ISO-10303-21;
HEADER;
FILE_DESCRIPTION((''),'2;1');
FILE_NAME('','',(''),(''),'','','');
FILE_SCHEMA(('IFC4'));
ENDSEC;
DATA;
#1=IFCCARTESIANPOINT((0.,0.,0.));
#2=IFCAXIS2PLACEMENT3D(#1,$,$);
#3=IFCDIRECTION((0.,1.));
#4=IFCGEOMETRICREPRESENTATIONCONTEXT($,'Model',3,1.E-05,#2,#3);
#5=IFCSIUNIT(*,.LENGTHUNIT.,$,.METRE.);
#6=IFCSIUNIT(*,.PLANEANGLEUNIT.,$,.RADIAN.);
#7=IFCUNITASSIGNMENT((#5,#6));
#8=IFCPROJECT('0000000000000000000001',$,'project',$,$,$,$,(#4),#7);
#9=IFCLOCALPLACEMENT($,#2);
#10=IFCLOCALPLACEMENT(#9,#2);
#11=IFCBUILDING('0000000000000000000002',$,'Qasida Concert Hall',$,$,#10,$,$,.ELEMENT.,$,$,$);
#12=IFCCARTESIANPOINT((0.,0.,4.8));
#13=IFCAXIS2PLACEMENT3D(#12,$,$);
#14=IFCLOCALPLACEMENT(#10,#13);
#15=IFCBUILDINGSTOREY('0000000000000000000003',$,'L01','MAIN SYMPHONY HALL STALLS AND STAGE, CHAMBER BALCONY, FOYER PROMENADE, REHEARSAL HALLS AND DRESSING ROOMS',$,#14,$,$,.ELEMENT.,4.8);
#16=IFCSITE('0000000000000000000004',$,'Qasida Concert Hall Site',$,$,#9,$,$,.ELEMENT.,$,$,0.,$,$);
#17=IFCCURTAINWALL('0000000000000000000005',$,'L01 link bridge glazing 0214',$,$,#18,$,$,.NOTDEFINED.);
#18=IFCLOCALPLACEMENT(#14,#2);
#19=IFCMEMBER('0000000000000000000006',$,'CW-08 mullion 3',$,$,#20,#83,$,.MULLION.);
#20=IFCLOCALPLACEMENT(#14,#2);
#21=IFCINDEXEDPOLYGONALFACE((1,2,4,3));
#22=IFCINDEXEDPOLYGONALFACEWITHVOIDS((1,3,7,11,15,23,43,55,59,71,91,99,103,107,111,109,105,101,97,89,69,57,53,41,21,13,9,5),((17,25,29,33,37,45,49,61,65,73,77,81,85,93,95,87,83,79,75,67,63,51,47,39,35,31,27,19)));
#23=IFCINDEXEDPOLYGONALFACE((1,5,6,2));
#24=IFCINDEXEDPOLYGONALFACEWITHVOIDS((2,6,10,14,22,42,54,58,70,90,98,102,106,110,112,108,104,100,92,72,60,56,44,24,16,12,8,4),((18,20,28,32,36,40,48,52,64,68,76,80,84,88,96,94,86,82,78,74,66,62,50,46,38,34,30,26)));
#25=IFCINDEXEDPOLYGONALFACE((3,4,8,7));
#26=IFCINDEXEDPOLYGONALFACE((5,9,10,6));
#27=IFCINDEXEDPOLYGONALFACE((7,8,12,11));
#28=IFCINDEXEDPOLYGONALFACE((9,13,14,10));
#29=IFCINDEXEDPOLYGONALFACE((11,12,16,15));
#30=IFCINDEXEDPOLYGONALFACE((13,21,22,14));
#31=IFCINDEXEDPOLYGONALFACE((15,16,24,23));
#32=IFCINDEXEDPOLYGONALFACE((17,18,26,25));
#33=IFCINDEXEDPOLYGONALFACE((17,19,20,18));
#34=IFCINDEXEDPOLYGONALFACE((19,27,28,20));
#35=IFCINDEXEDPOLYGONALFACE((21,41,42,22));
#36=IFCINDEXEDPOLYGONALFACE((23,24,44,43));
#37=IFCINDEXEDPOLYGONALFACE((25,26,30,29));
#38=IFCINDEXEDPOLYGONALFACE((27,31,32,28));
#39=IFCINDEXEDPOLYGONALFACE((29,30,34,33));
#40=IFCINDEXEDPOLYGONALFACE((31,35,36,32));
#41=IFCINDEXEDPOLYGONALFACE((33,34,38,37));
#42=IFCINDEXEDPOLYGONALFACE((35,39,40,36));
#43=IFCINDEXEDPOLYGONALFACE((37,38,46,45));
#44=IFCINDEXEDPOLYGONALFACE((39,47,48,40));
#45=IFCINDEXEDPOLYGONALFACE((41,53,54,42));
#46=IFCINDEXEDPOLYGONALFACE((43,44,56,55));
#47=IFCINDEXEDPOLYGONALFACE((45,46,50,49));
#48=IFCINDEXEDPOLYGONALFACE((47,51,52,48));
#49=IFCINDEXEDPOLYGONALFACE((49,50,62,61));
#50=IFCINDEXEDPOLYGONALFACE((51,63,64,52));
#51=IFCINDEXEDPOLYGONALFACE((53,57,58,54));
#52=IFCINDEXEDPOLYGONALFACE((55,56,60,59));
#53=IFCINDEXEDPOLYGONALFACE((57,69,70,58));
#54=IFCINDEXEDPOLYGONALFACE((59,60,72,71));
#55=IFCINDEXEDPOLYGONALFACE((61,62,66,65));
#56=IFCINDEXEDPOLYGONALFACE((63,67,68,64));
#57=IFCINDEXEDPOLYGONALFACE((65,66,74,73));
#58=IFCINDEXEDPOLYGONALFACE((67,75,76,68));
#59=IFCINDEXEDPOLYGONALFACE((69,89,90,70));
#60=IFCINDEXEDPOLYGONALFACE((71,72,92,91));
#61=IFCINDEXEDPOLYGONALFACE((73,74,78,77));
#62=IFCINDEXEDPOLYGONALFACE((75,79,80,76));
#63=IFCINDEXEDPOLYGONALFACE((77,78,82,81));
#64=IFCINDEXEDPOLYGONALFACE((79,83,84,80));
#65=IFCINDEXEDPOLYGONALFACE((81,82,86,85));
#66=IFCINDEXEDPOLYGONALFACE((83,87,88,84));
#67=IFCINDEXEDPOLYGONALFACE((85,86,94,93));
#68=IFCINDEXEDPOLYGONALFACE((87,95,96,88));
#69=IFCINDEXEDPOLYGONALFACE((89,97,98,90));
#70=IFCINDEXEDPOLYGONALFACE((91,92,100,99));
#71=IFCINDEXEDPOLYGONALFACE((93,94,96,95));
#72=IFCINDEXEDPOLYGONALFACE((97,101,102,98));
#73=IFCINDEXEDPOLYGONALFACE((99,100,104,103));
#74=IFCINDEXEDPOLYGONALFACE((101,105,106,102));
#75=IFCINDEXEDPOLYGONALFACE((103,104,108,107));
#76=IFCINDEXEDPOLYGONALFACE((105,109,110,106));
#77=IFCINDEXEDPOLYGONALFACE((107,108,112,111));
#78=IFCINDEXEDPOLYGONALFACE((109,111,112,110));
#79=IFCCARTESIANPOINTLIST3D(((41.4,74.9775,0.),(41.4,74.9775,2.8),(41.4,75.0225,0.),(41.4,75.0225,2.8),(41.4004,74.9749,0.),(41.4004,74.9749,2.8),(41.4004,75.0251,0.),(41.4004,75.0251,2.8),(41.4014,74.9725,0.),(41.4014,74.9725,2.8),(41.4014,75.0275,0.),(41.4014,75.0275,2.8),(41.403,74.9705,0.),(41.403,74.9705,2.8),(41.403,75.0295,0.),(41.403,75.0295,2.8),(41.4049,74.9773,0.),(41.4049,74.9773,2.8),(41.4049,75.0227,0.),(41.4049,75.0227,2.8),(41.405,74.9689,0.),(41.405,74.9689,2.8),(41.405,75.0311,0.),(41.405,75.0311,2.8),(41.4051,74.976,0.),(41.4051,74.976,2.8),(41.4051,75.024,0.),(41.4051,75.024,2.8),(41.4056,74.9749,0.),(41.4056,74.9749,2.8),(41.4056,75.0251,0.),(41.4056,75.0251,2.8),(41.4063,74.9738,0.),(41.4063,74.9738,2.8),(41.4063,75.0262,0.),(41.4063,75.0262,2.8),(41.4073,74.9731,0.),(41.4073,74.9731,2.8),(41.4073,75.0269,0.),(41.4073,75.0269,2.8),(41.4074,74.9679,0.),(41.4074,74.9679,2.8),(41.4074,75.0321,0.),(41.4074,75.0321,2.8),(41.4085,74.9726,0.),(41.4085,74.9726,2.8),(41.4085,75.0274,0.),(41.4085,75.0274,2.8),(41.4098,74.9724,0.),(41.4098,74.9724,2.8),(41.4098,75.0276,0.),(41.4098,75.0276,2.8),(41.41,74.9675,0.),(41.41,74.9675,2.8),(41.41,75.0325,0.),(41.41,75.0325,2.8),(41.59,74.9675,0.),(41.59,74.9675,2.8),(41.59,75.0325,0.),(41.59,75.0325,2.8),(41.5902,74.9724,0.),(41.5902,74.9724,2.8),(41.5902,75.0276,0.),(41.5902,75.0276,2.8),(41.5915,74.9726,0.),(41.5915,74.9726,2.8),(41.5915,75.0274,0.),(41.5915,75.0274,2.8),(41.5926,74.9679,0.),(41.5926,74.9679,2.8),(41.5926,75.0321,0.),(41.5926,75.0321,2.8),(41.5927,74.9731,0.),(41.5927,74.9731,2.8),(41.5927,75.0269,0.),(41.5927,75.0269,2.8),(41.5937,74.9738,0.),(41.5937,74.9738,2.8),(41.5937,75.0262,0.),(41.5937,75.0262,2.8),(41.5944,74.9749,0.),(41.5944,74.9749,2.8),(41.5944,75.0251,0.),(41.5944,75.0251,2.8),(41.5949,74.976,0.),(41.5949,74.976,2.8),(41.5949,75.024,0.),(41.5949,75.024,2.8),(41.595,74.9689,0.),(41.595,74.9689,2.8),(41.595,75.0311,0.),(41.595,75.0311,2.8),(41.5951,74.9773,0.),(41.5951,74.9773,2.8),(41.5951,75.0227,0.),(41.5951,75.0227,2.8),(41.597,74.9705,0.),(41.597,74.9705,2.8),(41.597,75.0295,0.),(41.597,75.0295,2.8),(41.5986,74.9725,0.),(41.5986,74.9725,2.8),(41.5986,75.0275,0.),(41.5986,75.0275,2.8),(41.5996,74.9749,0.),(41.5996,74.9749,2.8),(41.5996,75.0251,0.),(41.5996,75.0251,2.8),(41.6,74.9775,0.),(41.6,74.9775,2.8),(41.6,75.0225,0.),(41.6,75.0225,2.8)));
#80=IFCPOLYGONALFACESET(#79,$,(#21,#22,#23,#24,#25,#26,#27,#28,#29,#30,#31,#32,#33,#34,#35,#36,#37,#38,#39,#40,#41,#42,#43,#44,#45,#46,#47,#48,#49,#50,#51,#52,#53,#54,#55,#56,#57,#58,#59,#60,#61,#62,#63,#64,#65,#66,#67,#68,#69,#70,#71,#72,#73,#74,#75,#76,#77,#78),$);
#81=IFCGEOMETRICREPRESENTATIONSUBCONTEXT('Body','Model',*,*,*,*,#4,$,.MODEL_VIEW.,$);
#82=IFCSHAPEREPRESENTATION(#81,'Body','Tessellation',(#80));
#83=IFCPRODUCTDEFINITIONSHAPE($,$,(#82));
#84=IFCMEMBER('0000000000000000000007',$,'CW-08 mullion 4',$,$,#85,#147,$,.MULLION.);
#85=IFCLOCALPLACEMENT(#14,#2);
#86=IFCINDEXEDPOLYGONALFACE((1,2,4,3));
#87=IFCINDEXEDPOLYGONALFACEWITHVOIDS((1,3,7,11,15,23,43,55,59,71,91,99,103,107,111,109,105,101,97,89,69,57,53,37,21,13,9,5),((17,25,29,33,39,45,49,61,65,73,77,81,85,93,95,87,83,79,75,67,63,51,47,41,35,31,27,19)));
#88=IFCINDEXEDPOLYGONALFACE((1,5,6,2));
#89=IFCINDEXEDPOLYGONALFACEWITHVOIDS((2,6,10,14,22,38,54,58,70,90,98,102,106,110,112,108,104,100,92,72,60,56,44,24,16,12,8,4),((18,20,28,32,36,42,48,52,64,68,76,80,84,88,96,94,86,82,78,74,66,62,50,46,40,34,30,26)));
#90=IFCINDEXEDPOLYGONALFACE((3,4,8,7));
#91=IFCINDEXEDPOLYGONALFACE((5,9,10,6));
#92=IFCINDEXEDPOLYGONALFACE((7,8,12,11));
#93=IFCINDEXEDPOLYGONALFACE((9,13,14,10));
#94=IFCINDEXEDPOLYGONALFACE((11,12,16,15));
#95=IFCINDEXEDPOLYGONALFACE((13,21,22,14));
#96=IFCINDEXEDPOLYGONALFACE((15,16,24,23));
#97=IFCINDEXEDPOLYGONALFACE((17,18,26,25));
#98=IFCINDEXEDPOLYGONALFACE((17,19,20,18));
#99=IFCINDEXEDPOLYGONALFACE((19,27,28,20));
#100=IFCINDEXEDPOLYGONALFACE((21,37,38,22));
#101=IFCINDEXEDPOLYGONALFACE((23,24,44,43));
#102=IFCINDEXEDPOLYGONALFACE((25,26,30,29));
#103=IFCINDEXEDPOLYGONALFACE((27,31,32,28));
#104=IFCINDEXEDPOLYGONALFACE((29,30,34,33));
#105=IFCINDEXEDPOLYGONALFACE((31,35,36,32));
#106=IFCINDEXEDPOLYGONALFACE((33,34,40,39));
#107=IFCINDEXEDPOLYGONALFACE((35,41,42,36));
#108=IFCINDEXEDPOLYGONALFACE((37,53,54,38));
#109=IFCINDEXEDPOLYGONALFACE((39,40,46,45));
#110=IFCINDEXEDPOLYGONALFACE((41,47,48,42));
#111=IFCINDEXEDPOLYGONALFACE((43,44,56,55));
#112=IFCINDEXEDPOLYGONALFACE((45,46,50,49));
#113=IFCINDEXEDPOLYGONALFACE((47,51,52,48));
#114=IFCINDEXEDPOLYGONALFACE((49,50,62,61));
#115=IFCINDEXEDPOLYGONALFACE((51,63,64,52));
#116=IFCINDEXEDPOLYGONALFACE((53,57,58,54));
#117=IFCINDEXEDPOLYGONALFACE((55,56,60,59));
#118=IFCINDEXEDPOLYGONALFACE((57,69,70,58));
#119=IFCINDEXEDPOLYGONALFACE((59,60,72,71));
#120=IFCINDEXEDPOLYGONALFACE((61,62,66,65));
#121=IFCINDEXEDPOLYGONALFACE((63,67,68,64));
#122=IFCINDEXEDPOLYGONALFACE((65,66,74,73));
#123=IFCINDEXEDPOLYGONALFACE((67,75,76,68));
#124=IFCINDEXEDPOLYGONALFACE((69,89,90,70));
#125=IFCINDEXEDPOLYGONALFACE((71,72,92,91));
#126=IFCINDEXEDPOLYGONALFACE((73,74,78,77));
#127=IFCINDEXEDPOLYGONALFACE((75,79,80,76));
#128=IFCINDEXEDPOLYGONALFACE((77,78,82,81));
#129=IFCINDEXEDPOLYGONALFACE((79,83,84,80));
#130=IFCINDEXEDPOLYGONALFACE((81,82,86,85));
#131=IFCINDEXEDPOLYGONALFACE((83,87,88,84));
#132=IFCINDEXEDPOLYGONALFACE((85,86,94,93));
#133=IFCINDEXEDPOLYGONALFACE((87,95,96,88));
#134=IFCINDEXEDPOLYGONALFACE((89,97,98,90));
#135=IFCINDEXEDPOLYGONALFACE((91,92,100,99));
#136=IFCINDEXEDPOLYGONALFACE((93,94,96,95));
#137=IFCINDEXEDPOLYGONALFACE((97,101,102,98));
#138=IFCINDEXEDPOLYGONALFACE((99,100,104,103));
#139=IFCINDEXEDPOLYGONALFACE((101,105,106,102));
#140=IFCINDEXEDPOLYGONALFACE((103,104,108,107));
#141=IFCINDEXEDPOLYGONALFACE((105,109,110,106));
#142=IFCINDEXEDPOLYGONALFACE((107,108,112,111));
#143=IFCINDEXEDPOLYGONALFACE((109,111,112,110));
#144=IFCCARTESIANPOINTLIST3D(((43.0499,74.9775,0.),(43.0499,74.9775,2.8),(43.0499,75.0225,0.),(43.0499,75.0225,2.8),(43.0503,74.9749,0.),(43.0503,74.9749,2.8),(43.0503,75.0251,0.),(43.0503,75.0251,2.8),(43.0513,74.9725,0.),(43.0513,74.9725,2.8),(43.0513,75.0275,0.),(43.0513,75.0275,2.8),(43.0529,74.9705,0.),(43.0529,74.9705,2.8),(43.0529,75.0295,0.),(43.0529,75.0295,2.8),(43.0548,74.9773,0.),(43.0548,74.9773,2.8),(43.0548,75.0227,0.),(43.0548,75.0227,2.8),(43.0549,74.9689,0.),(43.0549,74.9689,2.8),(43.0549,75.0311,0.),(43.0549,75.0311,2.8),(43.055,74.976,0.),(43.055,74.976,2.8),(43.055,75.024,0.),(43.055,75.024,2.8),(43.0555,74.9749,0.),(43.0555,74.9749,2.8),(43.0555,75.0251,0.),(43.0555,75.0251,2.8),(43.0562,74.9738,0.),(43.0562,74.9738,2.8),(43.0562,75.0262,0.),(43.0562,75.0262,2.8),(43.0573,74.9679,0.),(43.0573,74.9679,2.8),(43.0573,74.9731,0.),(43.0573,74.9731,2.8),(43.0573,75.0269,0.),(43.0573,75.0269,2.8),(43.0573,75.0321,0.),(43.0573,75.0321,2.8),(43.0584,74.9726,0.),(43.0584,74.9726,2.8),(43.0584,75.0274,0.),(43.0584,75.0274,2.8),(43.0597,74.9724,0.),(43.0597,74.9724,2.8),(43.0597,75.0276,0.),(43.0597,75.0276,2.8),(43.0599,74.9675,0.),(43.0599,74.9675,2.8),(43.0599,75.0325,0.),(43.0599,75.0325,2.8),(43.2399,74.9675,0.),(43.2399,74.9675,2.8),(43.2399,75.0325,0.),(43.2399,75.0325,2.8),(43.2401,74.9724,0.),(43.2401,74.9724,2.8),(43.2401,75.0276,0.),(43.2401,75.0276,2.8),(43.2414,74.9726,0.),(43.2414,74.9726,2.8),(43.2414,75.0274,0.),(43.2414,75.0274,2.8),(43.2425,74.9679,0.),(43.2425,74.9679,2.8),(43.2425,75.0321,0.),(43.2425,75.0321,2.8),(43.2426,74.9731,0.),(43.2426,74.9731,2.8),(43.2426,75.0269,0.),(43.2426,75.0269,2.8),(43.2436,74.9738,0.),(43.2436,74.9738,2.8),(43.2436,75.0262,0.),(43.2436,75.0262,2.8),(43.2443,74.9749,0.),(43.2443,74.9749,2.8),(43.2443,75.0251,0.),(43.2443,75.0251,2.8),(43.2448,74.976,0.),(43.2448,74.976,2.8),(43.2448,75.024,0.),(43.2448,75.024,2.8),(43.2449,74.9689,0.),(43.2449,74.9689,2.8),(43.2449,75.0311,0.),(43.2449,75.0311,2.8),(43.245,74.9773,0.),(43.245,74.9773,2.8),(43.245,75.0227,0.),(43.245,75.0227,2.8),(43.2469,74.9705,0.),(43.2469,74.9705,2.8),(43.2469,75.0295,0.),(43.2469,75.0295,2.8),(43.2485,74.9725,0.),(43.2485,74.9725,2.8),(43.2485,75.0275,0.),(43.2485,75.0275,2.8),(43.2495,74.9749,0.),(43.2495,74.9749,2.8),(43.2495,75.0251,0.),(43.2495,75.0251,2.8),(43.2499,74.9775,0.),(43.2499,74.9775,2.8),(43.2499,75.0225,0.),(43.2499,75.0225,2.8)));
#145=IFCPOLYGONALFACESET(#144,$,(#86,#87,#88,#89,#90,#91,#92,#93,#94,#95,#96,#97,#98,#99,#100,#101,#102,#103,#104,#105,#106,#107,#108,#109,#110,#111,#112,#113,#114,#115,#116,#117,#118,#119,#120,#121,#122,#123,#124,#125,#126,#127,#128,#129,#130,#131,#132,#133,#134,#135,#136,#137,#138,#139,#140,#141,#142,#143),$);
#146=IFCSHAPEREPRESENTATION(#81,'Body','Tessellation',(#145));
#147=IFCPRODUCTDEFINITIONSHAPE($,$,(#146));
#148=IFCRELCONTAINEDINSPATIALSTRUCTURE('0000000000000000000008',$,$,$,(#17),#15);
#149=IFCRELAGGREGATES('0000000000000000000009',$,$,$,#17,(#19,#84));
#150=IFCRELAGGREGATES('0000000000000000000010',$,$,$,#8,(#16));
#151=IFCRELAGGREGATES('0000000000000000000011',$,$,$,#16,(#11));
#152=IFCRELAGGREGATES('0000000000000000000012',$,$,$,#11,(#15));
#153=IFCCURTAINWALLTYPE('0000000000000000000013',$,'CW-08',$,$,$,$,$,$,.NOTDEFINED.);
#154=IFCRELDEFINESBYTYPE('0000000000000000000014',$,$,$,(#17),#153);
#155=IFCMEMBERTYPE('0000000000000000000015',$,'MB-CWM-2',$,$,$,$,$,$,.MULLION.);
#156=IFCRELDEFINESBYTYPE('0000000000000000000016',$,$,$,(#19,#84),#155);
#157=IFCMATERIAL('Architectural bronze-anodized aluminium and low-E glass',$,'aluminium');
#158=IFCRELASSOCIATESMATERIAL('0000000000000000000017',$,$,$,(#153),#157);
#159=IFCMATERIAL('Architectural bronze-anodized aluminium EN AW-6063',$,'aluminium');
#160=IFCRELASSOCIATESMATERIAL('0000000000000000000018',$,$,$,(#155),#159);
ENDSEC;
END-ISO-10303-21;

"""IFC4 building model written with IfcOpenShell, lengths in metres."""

from ifc_helpers import new_model, si_unit, direction, frame, origin, origin_2d, place, context, subcontext, project, spatial, hollow_rectangle, extrude, material, material_profile, profile_set, type_object, element, aggregate, save


model = new_model("IFC4")

# Units and contexts
model_context = context("Model", 3, precision=1e-05, world=origin(), true_north=direction((0.0, 1.0)))
body_context = subcontext(model_context, "Body", "Model", "MODEL_VIEW")
ifc_project = project(units=[si_unit("LENGTHUNIT", "METRE"), si_unit("PLANEANGLEUNIT", "RADIAN")], contexts=[model_context])

# Site, building, storey
site_placement = place(None, origin())
site = spatial("IfcSite", under=ifc_project, at=site_placement, Name="Qasida Concert Hall Site", CompositionType="ELEMENT", RefElevation=0.0)
building_placement = place(site_placement, origin())
building = spatial("IfcBuilding", under=site, at=building_placement, Name="Qasida Concert Hall", CompositionType="ELEMENT")
storey_placement = place(building_placement, frame((0.0, 0.0, 4.8)))
storey = spatial("IfcBuildingStorey", under=building, at=storey_placement, Name="L01", Description="MAIN SYMPHONY HALL STALLS AND STAGE, CHAMBER BALCONY, FOYER PROMENADE, REHEARSAL HALLS AND DRESSING ROOMS", CompositionType="ELEMENT", Elevation=4.8)

# Curtain wall, members
ifc_material_1 = material(Name="Architectural bronze-anodized aluminium and low-E glass", Category="aluminium")
curtain_wall_type = type_object("IfcCurtainWallType", Name="CW-08", PredefinedType="NOTDEFINED", material=ifc_material_1)
curtain_wall_placement = place(storey_placement, origin())
curtain_wall = element("IfcCurtainWall", 1, at=curtain_wall_placement, inside=storey, type_object=curtain_wall_type, Name="L01 link bridge glazing 0214", PredefinedType="NOTDEFINED")
ifc_material_2 = material(Name="Architectural bronze-anodized aluminium EN AW-6063", Category="aluminium")
ifc_material_profile_1 = material_profile(ifc_material_2, hollow_rectangle(XDim=0.0649, YDim=0.2, WallThickness=0.0049, InnerFilletRadius=0.0049, OuterFilletRadius=0.01, at=origin_2d()), Name="CWM 200x65x5")
ifc_profile_set_1 = profile_set([ifc_material_profile_1], Name="Architectural bronze-anodized aluminium EN AW-6063")
member_type_1 = type_object("IfcMemberType", Name="MB-CWM-2", PredefinedType="MULLION", material=ifc_profile_set_1)
member_1_placement = place(storey_placement, frame((41.5, 75.0, 0.0), z_axis=(0.0, 0.0, 1.0), x_axis=(0.0, 1.0, 0.0)))
member_1 = element("IfcMember", 2, at=member_1_placement, type_object=member_type_1, Name="CW-08 mullion 3", PredefinedType="MULLION", context=body_context, shape_type="SweptSolid", body=[
    extrude(hollow_rectangle(XDim=0.0649, YDim=0.2, WallThickness=0.0049, InnerFilletRadius=0.0049, OuterFilletRadius=0.01, at=origin_2d()), origin(), (0.0, 0.0, 1.0), 2.8),
])
member_2_placement = place(storey_placement, frame((43.1499, 75.0, 0.0), z_axis=(0.0, 0.0, 1.0), x_axis=(0.0, 1.0, 0.0)))
member_2 = element("IfcMember", 3, at=member_2_placement, type_object=member_type_1, Name="CW-08 mullion 4", PredefinedType="MULLION", context=body_context, shape_type="SweptSolid", body=[
    extrude(hollow_rectangle(XDim=0.0649, YDim=0.2, WallThickness=0.0049, InnerFilletRadius=0.0049, OuterFilletRadius=0.01, at=origin_2d()), origin(), (0.0, 0.0, 1.0), 2.8),
])
aggregate(curtain_wall, [member_1, member_2])

save(model, "model.ifc")
